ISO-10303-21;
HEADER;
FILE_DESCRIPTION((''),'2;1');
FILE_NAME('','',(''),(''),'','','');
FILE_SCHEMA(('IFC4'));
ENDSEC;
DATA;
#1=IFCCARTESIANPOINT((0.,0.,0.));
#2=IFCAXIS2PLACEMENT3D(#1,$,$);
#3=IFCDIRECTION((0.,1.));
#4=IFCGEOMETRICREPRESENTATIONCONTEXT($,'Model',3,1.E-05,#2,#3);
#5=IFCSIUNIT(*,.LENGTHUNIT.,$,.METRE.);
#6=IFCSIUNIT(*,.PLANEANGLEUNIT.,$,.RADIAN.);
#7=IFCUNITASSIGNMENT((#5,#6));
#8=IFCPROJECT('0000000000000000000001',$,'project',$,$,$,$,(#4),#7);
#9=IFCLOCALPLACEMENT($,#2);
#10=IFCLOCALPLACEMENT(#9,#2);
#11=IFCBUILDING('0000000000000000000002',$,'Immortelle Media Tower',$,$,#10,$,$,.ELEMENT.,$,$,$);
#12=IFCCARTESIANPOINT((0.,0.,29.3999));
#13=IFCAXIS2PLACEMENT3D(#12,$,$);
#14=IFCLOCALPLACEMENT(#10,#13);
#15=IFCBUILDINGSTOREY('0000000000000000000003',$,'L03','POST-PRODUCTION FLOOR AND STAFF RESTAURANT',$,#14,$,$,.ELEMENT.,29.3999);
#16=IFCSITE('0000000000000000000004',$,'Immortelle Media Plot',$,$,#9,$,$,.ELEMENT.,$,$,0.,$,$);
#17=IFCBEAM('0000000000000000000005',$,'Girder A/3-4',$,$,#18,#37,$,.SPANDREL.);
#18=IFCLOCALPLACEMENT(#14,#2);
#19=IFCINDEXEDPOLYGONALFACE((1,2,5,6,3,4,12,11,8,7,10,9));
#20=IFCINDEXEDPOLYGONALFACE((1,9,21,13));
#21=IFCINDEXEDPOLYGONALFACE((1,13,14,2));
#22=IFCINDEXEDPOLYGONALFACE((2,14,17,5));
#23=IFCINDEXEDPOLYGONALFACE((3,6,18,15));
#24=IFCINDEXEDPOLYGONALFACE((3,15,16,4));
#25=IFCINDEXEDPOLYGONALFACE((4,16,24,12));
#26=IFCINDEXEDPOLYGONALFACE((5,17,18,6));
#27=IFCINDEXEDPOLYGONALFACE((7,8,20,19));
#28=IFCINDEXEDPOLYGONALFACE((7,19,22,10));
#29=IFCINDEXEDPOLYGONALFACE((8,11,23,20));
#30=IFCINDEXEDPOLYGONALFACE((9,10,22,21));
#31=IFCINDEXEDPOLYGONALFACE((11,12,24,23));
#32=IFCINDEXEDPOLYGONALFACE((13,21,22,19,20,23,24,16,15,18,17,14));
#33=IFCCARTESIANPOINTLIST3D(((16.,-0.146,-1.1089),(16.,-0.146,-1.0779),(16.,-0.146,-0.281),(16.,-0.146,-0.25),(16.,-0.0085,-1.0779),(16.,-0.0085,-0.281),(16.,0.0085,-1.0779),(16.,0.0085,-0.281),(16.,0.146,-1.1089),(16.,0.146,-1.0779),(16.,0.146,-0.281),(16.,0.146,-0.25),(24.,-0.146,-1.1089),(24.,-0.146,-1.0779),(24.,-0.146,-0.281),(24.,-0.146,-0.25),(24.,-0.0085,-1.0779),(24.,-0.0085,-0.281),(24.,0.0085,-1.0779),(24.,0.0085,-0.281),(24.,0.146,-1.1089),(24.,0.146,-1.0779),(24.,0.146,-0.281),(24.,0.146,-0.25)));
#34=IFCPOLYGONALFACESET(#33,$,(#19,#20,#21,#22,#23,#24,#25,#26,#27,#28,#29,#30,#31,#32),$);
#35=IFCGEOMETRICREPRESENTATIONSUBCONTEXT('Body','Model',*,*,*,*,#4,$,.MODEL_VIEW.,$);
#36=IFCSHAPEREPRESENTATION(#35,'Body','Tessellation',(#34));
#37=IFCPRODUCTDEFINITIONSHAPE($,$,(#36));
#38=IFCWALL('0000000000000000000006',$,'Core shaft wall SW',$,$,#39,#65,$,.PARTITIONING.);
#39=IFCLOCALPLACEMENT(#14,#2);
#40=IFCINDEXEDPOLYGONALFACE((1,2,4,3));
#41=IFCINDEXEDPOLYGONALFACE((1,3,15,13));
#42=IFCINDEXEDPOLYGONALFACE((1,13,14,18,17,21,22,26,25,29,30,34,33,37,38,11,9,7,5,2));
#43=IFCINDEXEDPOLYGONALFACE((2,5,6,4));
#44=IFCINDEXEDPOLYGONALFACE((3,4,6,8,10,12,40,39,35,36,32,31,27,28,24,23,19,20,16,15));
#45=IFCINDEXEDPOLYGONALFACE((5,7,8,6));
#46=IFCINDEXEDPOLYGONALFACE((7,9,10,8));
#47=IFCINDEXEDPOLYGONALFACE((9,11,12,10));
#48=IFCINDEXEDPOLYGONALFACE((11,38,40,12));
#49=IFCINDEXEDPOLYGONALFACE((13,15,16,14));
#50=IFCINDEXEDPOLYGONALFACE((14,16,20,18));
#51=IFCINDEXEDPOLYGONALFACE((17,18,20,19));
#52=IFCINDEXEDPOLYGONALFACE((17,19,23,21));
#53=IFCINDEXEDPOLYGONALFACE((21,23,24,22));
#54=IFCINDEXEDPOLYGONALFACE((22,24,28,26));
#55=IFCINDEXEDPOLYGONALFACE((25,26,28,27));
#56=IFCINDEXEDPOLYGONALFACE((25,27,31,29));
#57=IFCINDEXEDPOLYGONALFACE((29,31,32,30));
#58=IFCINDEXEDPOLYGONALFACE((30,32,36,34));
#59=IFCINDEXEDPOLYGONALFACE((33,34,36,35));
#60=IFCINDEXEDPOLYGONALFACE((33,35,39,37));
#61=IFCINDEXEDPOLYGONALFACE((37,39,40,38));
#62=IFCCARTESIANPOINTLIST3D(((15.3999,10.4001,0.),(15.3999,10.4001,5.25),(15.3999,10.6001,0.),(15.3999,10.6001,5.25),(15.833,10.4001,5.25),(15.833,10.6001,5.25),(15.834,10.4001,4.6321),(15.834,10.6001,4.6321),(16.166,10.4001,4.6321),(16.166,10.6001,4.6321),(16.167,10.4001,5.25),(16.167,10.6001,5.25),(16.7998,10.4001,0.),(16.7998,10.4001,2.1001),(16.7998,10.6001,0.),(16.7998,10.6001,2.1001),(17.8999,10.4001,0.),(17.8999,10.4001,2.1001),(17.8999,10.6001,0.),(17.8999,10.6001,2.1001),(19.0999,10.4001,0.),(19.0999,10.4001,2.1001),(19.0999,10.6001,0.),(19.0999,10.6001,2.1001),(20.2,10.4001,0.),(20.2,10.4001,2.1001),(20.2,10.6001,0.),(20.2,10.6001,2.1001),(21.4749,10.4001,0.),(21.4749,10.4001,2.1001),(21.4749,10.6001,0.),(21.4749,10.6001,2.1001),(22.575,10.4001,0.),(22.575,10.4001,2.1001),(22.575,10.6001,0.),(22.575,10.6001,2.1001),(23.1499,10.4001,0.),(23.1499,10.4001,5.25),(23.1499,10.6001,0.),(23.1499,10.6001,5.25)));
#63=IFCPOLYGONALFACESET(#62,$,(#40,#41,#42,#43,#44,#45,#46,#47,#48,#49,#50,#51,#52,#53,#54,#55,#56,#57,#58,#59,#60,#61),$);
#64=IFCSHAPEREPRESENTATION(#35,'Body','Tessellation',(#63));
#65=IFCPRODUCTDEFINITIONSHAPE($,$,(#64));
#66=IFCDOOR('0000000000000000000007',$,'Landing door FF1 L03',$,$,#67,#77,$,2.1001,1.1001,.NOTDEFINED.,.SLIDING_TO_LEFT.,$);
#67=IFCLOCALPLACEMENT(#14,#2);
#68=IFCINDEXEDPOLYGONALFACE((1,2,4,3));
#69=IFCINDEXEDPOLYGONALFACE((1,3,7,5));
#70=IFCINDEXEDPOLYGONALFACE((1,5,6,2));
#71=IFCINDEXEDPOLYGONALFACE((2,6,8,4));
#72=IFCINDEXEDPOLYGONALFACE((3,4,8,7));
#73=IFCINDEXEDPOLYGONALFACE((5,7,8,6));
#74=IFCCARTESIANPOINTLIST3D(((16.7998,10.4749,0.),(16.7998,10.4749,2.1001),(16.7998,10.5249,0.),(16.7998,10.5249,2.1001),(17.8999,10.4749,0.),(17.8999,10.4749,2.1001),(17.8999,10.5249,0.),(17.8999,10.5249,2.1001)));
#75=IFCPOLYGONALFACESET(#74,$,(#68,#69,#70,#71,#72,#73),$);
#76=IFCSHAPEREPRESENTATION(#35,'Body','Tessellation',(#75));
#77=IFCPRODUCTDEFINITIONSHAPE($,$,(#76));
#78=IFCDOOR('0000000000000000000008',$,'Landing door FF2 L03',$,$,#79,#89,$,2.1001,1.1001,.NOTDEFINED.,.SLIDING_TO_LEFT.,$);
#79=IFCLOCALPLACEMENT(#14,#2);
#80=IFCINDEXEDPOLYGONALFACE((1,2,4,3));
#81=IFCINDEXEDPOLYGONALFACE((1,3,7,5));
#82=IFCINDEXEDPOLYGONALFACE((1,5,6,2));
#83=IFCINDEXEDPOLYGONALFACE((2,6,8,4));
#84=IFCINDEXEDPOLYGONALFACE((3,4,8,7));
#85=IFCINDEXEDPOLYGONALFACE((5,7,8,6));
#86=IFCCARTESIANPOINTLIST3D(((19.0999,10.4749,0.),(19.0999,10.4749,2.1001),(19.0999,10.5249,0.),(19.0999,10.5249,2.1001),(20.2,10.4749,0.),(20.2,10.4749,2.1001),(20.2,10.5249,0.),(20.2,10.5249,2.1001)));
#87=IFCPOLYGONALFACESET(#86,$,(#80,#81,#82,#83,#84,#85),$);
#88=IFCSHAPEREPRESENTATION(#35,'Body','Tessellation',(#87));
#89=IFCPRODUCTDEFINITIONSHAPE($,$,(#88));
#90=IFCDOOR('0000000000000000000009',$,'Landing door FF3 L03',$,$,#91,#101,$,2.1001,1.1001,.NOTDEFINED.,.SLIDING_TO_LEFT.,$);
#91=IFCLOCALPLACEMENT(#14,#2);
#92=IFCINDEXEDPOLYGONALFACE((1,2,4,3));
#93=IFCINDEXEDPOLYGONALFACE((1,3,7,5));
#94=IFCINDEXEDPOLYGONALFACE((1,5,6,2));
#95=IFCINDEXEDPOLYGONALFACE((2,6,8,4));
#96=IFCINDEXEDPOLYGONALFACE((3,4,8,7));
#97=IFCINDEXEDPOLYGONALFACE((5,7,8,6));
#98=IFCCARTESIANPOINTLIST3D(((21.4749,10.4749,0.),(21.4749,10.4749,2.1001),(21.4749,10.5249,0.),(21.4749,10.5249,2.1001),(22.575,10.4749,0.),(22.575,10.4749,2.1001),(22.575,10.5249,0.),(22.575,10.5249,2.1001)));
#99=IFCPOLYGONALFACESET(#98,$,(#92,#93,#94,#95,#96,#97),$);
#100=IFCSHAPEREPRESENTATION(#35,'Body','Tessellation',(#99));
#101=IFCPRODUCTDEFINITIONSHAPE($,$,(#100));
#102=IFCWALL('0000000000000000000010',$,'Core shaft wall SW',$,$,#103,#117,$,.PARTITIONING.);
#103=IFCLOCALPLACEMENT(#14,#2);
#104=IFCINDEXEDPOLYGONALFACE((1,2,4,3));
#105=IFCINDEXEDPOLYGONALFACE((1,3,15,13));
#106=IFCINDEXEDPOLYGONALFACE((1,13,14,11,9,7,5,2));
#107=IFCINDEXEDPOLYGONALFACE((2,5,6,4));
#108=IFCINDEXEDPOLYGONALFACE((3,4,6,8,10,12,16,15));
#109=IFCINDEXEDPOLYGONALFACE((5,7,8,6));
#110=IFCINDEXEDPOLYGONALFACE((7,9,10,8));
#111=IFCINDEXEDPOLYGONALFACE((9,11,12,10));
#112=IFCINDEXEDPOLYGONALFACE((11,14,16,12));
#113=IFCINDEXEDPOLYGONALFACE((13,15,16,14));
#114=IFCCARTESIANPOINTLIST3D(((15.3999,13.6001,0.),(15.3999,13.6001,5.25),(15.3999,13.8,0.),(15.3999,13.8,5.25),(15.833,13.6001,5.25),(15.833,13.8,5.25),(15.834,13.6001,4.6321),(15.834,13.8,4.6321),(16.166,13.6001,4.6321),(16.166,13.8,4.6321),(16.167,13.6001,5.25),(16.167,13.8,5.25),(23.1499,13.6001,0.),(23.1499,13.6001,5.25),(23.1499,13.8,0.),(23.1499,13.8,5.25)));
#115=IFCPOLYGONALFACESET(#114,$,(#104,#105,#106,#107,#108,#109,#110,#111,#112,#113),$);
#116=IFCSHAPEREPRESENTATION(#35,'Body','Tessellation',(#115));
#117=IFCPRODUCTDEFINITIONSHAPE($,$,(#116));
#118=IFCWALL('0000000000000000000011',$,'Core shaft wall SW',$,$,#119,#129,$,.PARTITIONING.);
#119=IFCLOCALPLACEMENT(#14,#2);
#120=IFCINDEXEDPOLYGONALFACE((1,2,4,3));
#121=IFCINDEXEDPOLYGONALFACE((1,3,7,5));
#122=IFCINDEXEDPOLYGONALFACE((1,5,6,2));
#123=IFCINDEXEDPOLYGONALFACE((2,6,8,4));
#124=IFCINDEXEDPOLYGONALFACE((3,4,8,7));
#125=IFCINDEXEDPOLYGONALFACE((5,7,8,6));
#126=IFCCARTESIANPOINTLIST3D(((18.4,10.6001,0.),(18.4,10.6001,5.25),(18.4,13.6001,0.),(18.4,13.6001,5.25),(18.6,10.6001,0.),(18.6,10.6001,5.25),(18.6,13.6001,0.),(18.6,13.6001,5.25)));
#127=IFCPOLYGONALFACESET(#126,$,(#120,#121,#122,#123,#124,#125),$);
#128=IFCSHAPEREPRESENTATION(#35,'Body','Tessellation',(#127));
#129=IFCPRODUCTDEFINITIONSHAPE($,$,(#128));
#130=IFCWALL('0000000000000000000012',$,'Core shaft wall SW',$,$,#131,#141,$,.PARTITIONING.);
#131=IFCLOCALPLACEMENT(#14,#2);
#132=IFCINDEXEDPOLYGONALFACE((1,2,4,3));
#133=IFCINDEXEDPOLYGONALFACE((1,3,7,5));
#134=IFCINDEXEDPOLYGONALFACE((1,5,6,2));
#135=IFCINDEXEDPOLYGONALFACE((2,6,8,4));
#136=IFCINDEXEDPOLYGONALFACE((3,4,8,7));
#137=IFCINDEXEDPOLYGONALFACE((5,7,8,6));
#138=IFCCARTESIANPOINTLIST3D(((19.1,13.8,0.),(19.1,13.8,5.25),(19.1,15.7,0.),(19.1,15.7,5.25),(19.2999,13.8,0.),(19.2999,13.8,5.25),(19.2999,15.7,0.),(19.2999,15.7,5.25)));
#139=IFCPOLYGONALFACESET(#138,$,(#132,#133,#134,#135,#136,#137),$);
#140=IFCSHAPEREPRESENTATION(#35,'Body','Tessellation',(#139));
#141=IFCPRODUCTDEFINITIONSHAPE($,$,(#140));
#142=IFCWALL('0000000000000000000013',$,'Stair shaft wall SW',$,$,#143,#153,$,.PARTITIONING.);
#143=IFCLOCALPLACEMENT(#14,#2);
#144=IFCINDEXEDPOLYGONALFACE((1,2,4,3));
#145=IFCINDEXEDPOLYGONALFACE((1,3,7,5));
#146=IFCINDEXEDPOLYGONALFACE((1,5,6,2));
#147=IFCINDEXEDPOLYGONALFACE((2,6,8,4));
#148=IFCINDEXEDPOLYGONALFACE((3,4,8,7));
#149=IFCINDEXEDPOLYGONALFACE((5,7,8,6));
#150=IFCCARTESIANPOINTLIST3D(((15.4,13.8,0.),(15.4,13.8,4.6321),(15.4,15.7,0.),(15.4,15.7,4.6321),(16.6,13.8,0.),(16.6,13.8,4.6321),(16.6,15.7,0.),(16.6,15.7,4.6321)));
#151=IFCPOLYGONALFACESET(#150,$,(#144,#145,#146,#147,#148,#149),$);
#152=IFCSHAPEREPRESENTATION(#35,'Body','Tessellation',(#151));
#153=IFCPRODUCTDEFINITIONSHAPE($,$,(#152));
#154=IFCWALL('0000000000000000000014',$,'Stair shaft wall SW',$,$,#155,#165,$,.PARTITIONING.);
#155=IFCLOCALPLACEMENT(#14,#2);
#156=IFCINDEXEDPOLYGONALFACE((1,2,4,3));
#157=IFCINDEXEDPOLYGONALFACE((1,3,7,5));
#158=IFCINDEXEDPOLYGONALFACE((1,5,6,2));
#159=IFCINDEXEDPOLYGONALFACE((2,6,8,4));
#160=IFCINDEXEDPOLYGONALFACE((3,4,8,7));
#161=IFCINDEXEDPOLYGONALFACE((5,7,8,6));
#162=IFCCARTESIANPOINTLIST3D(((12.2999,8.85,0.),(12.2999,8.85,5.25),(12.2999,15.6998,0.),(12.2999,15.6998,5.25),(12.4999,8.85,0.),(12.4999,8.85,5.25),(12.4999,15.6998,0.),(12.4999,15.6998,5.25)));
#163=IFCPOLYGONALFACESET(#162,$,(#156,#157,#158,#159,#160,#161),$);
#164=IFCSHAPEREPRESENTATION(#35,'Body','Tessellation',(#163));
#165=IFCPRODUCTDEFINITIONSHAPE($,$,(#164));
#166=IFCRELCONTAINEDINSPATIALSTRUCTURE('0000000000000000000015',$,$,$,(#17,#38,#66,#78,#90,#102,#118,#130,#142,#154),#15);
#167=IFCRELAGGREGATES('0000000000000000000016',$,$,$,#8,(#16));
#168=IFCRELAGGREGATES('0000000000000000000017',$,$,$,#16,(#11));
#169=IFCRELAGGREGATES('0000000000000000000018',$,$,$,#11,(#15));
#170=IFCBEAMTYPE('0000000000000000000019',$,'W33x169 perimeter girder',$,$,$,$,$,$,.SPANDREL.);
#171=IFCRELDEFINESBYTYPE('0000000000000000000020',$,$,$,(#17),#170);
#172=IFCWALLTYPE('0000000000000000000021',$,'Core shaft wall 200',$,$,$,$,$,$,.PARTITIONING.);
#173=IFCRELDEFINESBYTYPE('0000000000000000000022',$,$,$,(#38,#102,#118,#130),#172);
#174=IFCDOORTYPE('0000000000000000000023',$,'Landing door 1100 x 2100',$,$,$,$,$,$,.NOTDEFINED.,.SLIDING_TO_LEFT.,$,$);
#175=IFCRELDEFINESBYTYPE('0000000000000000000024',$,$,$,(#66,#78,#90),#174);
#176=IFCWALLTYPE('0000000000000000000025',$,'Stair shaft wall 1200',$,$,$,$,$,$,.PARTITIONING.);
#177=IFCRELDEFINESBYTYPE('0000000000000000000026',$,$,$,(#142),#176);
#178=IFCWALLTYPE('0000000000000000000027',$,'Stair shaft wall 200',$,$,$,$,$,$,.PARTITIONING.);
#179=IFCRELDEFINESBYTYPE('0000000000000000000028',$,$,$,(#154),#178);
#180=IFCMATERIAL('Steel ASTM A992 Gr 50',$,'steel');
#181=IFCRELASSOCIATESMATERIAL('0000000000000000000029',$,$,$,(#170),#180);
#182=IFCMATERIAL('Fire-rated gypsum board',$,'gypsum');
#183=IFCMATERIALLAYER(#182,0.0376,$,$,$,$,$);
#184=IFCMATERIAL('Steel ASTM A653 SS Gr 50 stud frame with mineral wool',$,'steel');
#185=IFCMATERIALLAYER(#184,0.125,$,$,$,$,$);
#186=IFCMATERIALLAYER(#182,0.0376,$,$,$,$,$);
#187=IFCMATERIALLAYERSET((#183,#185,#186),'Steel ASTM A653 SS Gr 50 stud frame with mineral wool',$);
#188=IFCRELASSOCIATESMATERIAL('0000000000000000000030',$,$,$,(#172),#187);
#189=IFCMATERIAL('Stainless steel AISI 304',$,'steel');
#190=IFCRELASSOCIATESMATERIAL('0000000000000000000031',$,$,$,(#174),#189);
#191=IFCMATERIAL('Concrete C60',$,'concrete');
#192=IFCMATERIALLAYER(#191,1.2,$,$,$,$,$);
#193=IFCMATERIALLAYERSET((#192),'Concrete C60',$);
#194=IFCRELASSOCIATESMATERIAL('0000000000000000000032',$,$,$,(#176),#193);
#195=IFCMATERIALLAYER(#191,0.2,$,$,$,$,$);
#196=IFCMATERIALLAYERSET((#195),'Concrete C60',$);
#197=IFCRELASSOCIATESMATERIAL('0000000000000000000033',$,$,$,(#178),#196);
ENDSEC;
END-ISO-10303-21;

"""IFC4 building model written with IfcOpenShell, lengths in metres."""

from ifc_helpers import new_model, si_unit, direction, frame, frame_2d, origin, origin_2d, place, context, subcontext, project, spatial, polyline, rectangle, i_section, outline, extrude, material, layer, layer_set, material_profile, profile_set, type_object, element, fill, save


model = new_model("IFC4")

# Units and contexts
model_context = context("Model", 3, precision=1e-05, world=origin(), true_north=direction((0.0, 1.0)))
body_context = subcontext(model_context, "Body", "Model", "MODEL_VIEW")
ifc_project = project(units=[si_unit("LENGTHUNIT", "METRE"), si_unit("PLANEANGLEUNIT", "RADIAN")], contexts=[model_context])

# Site, building, storey
site_placement = place(None, origin())
site = spatial("IfcSite", under=ifc_project, at=site_placement, Name="Immortelle Media Plot", CompositionType="ELEMENT", RefElevation=0.0)
building_placement = place(site_placement, origin())
building = spatial("IfcBuilding", under=site, at=building_placement, Name="Immortelle Media Tower", CompositionType="ELEMENT")
storey_placement = place(building_placement, frame((0.0, 0.0, 29.3999)))
storey = spatial("IfcBuildingStorey", under=building, at=storey_placement, Name="L03", Description="POST-PRODUCTION FLOOR AND STAFF RESTAURANT", CompositionType="ELEMENT", Elevation=29.3999)

# Shared definitions
ifc_material_1 = material(Name="Steel ASTM A992 Gr 50", Category="steel")

# Beam
ifc_material_profile_1 = material_profile(ifc_material_1, i_section(OverallWidth=0.292, OverallDepth=0.8589, WebThickness=0.0171, FlangeThickness=0.031, at=origin_2d()), Name="W33x169")
ifc_profile_set_1 = profile_set([ifc_material_profile_1], Name="Steel ASTM A992 Gr 50")
beam_type_1 = type_object("IfcBeamType", Name="W33x169 perimeter girder", PredefinedType="SPANDREL", material=ifc_profile_set_1)
beam_placement = place(storey_placement, frame((16.0, 0.0, -0.6794), z_axis=(1.0, 0.0, 0.0), x_axis=(0.0, 1.0, 0.0)))
element("IfcBeam", 1, at=beam_placement, inside=storey, type_object=beam_type_1, Name="Girder A/3-4", PredefinedType="SPANDREL", context=body_context, shape_type="SweptSolid", body=[
    extrude(i_section(OverallWidth=0.292, OverallDepth=0.8589, WebThickness=0.0171, FlangeThickness=0.031, at=origin_2d()), origin(), (0.0, 0.0, 1.0), 8.0),
])

# Wall, openings, doors
ifc_material_2 = material(Name="Fire-rated gypsum board", Category="gypsum")
ifc_layer_1 = layer(ifc_material_2, 0.0376)
ifc_material_3 = material(Name="Steel ASTM A653 SS Gr 50 stud frame with mineral wool", Category="steel")
ifc_layer_2 = layer(ifc_material_3, 0.125)
ifc_layer_3 = layer(ifc_material_2, 0.0376)
ifc_layer_set_1 = layer_set([ifc_layer_1, ifc_layer_2, ifc_layer_3], Name="Steel ASTM A653 SS Gr 50 stud frame with mineral wool")
wall_type_1 = type_object("IfcWallType", Name="Core shaft wall 200", PredefinedType="PARTITIONING", material=ifc_layer_set_1)
wall_1_placement = place(storey_placement, frame((15.3999, 10.5, 0.0), z_axis=(0.0, 0.0, 1.0), x_axis=(1.0, 0.0, 0.0)))
wall_1 = element("IfcWall", 2, at=wall_1_placement, inside=storey, type_object=wall_type_1, Name="Core shaft wall SW", PredefinedType="PARTITIONING", context=body_context, shape_type="SweptSolid", body=[
    extrude(outline(polyline([(0.0, 0.0), (7.75, 0.0), (7.75, 5.25), (0.7671, 5.25), (0.7661, 4.6321), (0.4341, 4.6321), (0.4331, 5.25), (0.0, 5.25), (0.0, 0.0)])), frame((0.0, 0.1001, 0.0), z_axis=(0.0, -1.0, 0.0), x_axis=(1.0, 0.0, 0.0)), (0.0, 0.0, 1.0), 0.2),
])
opening_1_placement = place(wall_1_placement, frame((1.3999, 0.0, 0.0)))
opening_1 = element("IfcOpeningElement", 3, at=opening_1_placement, cuts=wall_1, PredefinedType="OPENING", context=body_context, shape_type="SweptSolid", body=[
    extrude(rectangle(XDim=1.1001, YDim=2.1001, at=frame_2d((0.55, 1.05))), frame((0.0, 0.1099, 0.0), z_axis=(0.0, -1.0, 0.0), x_axis=(1.0, 0.0, 0.0)), (0.0, 0.0, 1.0), 0.22),
])
opening_2_placement = place(wall_1_placement, frame((3.7, 0.0, 0.0)))
opening_2 = element("IfcOpeningElement", 4, at=opening_2_placement, cuts=wall_1, PredefinedType="OPENING", context=body_context, shape_type="SweptSolid", body=[
    extrude(rectangle(XDim=1.1001, YDim=2.1001, at=frame_2d((0.55, 1.05))), frame((0.0, 0.1099, 0.0), z_axis=(0.0, -1.0, 0.0), x_axis=(1.0, 0.0, 0.0)), (0.0, 0.0, 1.0), 0.22),
])
opening_3_placement = place(wall_1_placement, frame((6.075, 0.0, 0.0)))
opening_3 = element("IfcOpeningElement", 5, at=opening_3_placement, cuts=wall_1, PredefinedType="OPENING", context=body_context, shape_type="SweptSolid", body=[
    extrude(rectangle(XDim=1.1001, YDim=2.1001, at=frame_2d((0.55, 1.05))), frame((0.0, 0.1099, 0.0), z_axis=(0.0, -1.0, 0.0), x_axis=(1.0, 0.0, 0.0)), (0.0, 0.0, 1.0), 0.22),
])
ifc_material_4 = material(Name="Stainless steel AISI 304", Category="steel")
door_type_1 = type_object("IfcDoorType", Name="Landing door 1100 x 2100", OperationType="SLIDING_TO_LEFT", PredefinedType="NOTDEFINED", material=ifc_material_4)
door_1_placement = place(opening_1_placement, origin())
door_1 = element("IfcDoor", 6, at=door_1_placement, inside=storey, type_object=door_type_1, Name="Landing door FF1 L03", OperationType="SLIDING_TO_LEFT", OverallHeight=2.1001, OverallWidth=1.1001, PredefinedType="NOTDEFINED", context=body_context, shape_type="SweptSolid", body=[
    extrude(rectangle(XDim=1.1001, YDim=2.1001, at=frame_2d((0.55, 1.05))), frame((0.0, 0.0249, 0.0), z_axis=(0.0, -1.0, 0.0), x_axis=(1.0, 0.0, 0.0)), (0.0, 0.0, 1.0), 0.05),
])
fill(opening_1, door_1)
door_2_placement = place(opening_2_placement, origin())
door_2 = element("IfcDoor", 7, at=door_2_placement, inside=storey, type_object=door_type_1, Name="Landing door FF2 L03", OperationType="SLIDING_TO_LEFT", OverallHeight=2.1001, OverallWidth=1.1001, PredefinedType="NOTDEFINED", context=body_context, shape_type="SweptSolid", body=[
    extrude(rectangle(XDim=1.1001, YDim=2.1001, at=frame_2d((0.55, 1.05))), frame((0.0, 0.0249, 0.0), z_axis=(0.0, -1.0, 0.0), x_axis=(1.0, 0.0, 0.0)), (0.0, 0.0, 1.0), 0.05),
])
fill(opening_2, door_2)
door_3_placement = place(opening_3_placement, origin())
door_3 = element("IfcDoor", 8, at=door_3_placement, inside=storey, type_object=door_type_1, Name="Landing door FF3 L03", OperationType="SLIDING_TO_LEFT", OverallHeight=2.1001, OverallWidth=1.1001, PredefinedType="NOTDEFINED", context=body_context, shape_type="SweptSolid", body=[
    extrude(rectangle(XDim=1.1001, YDim=2.1001, at=frame_2d((0.55, 1.05))), frame((0.0, 0.0249, 0.0), z_axis=(0.0, -1.0, 0.0), x_axis=(1.0, 0.0, 0.0)), (0.0, 0.0, 1.0), 0.05),
])
fill(opening_3, door_3)

# Walls
wall_2_placement = place(storey_placement, frame((15.3999, 13.7, 0.0), z_axis=(0.0, 0.0, 1.0), x_axis=(1.0, 0.0, 0.0)))
element("IfcWall", 9, at=wall_2_placement, inside=storey, type_object=wall_type_1, Name="Core shaft wall SW", PredefinedType="PARTITIONING", context=body_context, shape_type="SweptSolid", body=[
    extrude(outline(polyline([(0.0, 0.0), (7.75, 0.0), (7.75, 5.25), (0.7671, 5.25), (0.7661, 4.6321), (0.4341, 4.6321), (0.4331, 5.25), (0.0, 5.25), (0.0, 0.0)])), frame((0.0, 0.1001, 0.0), z_axis=(0.0, -1.0, 0.0), x_axis=(1.0, 0.0, 0.0)), (0.0, 0.0, 1.0), 0.2),
])
wall_3_placement = place(storey_placement, frame((18.5, 10.6001, 0.0), z_axis=(0.0, 0.0, 1.0), x_axis=(0.0, 1.0, 0.0)))
element("IfcWall", 10, at=wall_3_placement, inside=storey, type_object=wall_type_1, Name="Core shaft wall SW", PredefinedType="PARTITIONING", context=body_context, shape_type="SweptSolid", body=[
    extrude(rectangle(XDim=3.0, YDim=0.2, at=frame_2d((1.5, 0.0))), origin(), (0.0, 0.0, 1.0), 5.25),
])
wall_4_placement = place(storey_placement, frame((19.2, 13.8, 0.0), z_axis=(0.0, 0.0, 1.0), x_axis=(0.0, 1.0, 0.0)))
element("IfcWall", 11, at=wall_4_placement, inside=storey, type_object=wall_type_1, Name="Core shaft wall SW", PredefinedType="PARTITIONING", context=body_context, shape_type="SweptSolid", body=[
    extrude(rectangle(XDim=1.8999, YDim=0.2, at=frame_2d((0.95, 0.0))), origin(), (0.0, 0.0, 1.0), 5.25),
])
ifc_material_5 = material(Name="Concrete C60", Category="concrete")
ifc_layer_4 = layer(ifc_material_5, 1.2)
ifc_layer_set_2 = layer_set([ifc_layer_4], Name="Concrete C60")
wall_type_2 = type_object("IfcWallType", Name="Stair shaft wall 1200", PredefinedType="PARTITIONING", material=ifc_layer_set_2)
wall_5_placement = place(storey_placement, frame((16.0, 13.8, 0.0), z_axis=(0.0, 0.0, 1.0), x_axis=(0.0, 1.0, 0.0)))
element("IfcWall", 12, at=wall_5_placement, inside=storey, type_object=wall_type_2, Name="Stair shaft wall SW", PredefinedType="PARTITIONING", context=body_context, shape_type="SweptSolid", body=[
    extrude(rectangle(XDim=1.8999, YDim=1.2, at=frame_2d((0.95, 0.0))), origin(), (0.0, 0.0, 1.0), 4.6321),
])
ifc_layer_5 = layer(ifc_material_5, 0.2)
ifc_layer_set_3 = layer_set([ifc_layer_5], Name="Concrete C60")
wall_type_3 = type_object("IfcWallType", Name="Stair shaft wall 200", PredefinedType="PARTITIONING", material=ifc_layer_set_3)
wall_6_placement = place(storey_placement, frame((12.3999, 8.8501, 0.0), z_axis=(0.0, 0.0, 1.0), x_axis=(0.0, 1.0, 0.0)))
element("IfcWall", 13, at=wall_6_placement, inside=storey, type_object=wall_type_3, Name="Stair shaft wall SW", PredefinedType="PARTITIONING", context=body_context, shape_type="SweptSolid", body=[
    extrude(rectangle(XDim=6.8499, YDim=0.2, at=frame_2d((3.4248, 0.0))), origin(), (0.0, 0.0, 1.0), 5.25),
])

save(model, "model.ifc")
